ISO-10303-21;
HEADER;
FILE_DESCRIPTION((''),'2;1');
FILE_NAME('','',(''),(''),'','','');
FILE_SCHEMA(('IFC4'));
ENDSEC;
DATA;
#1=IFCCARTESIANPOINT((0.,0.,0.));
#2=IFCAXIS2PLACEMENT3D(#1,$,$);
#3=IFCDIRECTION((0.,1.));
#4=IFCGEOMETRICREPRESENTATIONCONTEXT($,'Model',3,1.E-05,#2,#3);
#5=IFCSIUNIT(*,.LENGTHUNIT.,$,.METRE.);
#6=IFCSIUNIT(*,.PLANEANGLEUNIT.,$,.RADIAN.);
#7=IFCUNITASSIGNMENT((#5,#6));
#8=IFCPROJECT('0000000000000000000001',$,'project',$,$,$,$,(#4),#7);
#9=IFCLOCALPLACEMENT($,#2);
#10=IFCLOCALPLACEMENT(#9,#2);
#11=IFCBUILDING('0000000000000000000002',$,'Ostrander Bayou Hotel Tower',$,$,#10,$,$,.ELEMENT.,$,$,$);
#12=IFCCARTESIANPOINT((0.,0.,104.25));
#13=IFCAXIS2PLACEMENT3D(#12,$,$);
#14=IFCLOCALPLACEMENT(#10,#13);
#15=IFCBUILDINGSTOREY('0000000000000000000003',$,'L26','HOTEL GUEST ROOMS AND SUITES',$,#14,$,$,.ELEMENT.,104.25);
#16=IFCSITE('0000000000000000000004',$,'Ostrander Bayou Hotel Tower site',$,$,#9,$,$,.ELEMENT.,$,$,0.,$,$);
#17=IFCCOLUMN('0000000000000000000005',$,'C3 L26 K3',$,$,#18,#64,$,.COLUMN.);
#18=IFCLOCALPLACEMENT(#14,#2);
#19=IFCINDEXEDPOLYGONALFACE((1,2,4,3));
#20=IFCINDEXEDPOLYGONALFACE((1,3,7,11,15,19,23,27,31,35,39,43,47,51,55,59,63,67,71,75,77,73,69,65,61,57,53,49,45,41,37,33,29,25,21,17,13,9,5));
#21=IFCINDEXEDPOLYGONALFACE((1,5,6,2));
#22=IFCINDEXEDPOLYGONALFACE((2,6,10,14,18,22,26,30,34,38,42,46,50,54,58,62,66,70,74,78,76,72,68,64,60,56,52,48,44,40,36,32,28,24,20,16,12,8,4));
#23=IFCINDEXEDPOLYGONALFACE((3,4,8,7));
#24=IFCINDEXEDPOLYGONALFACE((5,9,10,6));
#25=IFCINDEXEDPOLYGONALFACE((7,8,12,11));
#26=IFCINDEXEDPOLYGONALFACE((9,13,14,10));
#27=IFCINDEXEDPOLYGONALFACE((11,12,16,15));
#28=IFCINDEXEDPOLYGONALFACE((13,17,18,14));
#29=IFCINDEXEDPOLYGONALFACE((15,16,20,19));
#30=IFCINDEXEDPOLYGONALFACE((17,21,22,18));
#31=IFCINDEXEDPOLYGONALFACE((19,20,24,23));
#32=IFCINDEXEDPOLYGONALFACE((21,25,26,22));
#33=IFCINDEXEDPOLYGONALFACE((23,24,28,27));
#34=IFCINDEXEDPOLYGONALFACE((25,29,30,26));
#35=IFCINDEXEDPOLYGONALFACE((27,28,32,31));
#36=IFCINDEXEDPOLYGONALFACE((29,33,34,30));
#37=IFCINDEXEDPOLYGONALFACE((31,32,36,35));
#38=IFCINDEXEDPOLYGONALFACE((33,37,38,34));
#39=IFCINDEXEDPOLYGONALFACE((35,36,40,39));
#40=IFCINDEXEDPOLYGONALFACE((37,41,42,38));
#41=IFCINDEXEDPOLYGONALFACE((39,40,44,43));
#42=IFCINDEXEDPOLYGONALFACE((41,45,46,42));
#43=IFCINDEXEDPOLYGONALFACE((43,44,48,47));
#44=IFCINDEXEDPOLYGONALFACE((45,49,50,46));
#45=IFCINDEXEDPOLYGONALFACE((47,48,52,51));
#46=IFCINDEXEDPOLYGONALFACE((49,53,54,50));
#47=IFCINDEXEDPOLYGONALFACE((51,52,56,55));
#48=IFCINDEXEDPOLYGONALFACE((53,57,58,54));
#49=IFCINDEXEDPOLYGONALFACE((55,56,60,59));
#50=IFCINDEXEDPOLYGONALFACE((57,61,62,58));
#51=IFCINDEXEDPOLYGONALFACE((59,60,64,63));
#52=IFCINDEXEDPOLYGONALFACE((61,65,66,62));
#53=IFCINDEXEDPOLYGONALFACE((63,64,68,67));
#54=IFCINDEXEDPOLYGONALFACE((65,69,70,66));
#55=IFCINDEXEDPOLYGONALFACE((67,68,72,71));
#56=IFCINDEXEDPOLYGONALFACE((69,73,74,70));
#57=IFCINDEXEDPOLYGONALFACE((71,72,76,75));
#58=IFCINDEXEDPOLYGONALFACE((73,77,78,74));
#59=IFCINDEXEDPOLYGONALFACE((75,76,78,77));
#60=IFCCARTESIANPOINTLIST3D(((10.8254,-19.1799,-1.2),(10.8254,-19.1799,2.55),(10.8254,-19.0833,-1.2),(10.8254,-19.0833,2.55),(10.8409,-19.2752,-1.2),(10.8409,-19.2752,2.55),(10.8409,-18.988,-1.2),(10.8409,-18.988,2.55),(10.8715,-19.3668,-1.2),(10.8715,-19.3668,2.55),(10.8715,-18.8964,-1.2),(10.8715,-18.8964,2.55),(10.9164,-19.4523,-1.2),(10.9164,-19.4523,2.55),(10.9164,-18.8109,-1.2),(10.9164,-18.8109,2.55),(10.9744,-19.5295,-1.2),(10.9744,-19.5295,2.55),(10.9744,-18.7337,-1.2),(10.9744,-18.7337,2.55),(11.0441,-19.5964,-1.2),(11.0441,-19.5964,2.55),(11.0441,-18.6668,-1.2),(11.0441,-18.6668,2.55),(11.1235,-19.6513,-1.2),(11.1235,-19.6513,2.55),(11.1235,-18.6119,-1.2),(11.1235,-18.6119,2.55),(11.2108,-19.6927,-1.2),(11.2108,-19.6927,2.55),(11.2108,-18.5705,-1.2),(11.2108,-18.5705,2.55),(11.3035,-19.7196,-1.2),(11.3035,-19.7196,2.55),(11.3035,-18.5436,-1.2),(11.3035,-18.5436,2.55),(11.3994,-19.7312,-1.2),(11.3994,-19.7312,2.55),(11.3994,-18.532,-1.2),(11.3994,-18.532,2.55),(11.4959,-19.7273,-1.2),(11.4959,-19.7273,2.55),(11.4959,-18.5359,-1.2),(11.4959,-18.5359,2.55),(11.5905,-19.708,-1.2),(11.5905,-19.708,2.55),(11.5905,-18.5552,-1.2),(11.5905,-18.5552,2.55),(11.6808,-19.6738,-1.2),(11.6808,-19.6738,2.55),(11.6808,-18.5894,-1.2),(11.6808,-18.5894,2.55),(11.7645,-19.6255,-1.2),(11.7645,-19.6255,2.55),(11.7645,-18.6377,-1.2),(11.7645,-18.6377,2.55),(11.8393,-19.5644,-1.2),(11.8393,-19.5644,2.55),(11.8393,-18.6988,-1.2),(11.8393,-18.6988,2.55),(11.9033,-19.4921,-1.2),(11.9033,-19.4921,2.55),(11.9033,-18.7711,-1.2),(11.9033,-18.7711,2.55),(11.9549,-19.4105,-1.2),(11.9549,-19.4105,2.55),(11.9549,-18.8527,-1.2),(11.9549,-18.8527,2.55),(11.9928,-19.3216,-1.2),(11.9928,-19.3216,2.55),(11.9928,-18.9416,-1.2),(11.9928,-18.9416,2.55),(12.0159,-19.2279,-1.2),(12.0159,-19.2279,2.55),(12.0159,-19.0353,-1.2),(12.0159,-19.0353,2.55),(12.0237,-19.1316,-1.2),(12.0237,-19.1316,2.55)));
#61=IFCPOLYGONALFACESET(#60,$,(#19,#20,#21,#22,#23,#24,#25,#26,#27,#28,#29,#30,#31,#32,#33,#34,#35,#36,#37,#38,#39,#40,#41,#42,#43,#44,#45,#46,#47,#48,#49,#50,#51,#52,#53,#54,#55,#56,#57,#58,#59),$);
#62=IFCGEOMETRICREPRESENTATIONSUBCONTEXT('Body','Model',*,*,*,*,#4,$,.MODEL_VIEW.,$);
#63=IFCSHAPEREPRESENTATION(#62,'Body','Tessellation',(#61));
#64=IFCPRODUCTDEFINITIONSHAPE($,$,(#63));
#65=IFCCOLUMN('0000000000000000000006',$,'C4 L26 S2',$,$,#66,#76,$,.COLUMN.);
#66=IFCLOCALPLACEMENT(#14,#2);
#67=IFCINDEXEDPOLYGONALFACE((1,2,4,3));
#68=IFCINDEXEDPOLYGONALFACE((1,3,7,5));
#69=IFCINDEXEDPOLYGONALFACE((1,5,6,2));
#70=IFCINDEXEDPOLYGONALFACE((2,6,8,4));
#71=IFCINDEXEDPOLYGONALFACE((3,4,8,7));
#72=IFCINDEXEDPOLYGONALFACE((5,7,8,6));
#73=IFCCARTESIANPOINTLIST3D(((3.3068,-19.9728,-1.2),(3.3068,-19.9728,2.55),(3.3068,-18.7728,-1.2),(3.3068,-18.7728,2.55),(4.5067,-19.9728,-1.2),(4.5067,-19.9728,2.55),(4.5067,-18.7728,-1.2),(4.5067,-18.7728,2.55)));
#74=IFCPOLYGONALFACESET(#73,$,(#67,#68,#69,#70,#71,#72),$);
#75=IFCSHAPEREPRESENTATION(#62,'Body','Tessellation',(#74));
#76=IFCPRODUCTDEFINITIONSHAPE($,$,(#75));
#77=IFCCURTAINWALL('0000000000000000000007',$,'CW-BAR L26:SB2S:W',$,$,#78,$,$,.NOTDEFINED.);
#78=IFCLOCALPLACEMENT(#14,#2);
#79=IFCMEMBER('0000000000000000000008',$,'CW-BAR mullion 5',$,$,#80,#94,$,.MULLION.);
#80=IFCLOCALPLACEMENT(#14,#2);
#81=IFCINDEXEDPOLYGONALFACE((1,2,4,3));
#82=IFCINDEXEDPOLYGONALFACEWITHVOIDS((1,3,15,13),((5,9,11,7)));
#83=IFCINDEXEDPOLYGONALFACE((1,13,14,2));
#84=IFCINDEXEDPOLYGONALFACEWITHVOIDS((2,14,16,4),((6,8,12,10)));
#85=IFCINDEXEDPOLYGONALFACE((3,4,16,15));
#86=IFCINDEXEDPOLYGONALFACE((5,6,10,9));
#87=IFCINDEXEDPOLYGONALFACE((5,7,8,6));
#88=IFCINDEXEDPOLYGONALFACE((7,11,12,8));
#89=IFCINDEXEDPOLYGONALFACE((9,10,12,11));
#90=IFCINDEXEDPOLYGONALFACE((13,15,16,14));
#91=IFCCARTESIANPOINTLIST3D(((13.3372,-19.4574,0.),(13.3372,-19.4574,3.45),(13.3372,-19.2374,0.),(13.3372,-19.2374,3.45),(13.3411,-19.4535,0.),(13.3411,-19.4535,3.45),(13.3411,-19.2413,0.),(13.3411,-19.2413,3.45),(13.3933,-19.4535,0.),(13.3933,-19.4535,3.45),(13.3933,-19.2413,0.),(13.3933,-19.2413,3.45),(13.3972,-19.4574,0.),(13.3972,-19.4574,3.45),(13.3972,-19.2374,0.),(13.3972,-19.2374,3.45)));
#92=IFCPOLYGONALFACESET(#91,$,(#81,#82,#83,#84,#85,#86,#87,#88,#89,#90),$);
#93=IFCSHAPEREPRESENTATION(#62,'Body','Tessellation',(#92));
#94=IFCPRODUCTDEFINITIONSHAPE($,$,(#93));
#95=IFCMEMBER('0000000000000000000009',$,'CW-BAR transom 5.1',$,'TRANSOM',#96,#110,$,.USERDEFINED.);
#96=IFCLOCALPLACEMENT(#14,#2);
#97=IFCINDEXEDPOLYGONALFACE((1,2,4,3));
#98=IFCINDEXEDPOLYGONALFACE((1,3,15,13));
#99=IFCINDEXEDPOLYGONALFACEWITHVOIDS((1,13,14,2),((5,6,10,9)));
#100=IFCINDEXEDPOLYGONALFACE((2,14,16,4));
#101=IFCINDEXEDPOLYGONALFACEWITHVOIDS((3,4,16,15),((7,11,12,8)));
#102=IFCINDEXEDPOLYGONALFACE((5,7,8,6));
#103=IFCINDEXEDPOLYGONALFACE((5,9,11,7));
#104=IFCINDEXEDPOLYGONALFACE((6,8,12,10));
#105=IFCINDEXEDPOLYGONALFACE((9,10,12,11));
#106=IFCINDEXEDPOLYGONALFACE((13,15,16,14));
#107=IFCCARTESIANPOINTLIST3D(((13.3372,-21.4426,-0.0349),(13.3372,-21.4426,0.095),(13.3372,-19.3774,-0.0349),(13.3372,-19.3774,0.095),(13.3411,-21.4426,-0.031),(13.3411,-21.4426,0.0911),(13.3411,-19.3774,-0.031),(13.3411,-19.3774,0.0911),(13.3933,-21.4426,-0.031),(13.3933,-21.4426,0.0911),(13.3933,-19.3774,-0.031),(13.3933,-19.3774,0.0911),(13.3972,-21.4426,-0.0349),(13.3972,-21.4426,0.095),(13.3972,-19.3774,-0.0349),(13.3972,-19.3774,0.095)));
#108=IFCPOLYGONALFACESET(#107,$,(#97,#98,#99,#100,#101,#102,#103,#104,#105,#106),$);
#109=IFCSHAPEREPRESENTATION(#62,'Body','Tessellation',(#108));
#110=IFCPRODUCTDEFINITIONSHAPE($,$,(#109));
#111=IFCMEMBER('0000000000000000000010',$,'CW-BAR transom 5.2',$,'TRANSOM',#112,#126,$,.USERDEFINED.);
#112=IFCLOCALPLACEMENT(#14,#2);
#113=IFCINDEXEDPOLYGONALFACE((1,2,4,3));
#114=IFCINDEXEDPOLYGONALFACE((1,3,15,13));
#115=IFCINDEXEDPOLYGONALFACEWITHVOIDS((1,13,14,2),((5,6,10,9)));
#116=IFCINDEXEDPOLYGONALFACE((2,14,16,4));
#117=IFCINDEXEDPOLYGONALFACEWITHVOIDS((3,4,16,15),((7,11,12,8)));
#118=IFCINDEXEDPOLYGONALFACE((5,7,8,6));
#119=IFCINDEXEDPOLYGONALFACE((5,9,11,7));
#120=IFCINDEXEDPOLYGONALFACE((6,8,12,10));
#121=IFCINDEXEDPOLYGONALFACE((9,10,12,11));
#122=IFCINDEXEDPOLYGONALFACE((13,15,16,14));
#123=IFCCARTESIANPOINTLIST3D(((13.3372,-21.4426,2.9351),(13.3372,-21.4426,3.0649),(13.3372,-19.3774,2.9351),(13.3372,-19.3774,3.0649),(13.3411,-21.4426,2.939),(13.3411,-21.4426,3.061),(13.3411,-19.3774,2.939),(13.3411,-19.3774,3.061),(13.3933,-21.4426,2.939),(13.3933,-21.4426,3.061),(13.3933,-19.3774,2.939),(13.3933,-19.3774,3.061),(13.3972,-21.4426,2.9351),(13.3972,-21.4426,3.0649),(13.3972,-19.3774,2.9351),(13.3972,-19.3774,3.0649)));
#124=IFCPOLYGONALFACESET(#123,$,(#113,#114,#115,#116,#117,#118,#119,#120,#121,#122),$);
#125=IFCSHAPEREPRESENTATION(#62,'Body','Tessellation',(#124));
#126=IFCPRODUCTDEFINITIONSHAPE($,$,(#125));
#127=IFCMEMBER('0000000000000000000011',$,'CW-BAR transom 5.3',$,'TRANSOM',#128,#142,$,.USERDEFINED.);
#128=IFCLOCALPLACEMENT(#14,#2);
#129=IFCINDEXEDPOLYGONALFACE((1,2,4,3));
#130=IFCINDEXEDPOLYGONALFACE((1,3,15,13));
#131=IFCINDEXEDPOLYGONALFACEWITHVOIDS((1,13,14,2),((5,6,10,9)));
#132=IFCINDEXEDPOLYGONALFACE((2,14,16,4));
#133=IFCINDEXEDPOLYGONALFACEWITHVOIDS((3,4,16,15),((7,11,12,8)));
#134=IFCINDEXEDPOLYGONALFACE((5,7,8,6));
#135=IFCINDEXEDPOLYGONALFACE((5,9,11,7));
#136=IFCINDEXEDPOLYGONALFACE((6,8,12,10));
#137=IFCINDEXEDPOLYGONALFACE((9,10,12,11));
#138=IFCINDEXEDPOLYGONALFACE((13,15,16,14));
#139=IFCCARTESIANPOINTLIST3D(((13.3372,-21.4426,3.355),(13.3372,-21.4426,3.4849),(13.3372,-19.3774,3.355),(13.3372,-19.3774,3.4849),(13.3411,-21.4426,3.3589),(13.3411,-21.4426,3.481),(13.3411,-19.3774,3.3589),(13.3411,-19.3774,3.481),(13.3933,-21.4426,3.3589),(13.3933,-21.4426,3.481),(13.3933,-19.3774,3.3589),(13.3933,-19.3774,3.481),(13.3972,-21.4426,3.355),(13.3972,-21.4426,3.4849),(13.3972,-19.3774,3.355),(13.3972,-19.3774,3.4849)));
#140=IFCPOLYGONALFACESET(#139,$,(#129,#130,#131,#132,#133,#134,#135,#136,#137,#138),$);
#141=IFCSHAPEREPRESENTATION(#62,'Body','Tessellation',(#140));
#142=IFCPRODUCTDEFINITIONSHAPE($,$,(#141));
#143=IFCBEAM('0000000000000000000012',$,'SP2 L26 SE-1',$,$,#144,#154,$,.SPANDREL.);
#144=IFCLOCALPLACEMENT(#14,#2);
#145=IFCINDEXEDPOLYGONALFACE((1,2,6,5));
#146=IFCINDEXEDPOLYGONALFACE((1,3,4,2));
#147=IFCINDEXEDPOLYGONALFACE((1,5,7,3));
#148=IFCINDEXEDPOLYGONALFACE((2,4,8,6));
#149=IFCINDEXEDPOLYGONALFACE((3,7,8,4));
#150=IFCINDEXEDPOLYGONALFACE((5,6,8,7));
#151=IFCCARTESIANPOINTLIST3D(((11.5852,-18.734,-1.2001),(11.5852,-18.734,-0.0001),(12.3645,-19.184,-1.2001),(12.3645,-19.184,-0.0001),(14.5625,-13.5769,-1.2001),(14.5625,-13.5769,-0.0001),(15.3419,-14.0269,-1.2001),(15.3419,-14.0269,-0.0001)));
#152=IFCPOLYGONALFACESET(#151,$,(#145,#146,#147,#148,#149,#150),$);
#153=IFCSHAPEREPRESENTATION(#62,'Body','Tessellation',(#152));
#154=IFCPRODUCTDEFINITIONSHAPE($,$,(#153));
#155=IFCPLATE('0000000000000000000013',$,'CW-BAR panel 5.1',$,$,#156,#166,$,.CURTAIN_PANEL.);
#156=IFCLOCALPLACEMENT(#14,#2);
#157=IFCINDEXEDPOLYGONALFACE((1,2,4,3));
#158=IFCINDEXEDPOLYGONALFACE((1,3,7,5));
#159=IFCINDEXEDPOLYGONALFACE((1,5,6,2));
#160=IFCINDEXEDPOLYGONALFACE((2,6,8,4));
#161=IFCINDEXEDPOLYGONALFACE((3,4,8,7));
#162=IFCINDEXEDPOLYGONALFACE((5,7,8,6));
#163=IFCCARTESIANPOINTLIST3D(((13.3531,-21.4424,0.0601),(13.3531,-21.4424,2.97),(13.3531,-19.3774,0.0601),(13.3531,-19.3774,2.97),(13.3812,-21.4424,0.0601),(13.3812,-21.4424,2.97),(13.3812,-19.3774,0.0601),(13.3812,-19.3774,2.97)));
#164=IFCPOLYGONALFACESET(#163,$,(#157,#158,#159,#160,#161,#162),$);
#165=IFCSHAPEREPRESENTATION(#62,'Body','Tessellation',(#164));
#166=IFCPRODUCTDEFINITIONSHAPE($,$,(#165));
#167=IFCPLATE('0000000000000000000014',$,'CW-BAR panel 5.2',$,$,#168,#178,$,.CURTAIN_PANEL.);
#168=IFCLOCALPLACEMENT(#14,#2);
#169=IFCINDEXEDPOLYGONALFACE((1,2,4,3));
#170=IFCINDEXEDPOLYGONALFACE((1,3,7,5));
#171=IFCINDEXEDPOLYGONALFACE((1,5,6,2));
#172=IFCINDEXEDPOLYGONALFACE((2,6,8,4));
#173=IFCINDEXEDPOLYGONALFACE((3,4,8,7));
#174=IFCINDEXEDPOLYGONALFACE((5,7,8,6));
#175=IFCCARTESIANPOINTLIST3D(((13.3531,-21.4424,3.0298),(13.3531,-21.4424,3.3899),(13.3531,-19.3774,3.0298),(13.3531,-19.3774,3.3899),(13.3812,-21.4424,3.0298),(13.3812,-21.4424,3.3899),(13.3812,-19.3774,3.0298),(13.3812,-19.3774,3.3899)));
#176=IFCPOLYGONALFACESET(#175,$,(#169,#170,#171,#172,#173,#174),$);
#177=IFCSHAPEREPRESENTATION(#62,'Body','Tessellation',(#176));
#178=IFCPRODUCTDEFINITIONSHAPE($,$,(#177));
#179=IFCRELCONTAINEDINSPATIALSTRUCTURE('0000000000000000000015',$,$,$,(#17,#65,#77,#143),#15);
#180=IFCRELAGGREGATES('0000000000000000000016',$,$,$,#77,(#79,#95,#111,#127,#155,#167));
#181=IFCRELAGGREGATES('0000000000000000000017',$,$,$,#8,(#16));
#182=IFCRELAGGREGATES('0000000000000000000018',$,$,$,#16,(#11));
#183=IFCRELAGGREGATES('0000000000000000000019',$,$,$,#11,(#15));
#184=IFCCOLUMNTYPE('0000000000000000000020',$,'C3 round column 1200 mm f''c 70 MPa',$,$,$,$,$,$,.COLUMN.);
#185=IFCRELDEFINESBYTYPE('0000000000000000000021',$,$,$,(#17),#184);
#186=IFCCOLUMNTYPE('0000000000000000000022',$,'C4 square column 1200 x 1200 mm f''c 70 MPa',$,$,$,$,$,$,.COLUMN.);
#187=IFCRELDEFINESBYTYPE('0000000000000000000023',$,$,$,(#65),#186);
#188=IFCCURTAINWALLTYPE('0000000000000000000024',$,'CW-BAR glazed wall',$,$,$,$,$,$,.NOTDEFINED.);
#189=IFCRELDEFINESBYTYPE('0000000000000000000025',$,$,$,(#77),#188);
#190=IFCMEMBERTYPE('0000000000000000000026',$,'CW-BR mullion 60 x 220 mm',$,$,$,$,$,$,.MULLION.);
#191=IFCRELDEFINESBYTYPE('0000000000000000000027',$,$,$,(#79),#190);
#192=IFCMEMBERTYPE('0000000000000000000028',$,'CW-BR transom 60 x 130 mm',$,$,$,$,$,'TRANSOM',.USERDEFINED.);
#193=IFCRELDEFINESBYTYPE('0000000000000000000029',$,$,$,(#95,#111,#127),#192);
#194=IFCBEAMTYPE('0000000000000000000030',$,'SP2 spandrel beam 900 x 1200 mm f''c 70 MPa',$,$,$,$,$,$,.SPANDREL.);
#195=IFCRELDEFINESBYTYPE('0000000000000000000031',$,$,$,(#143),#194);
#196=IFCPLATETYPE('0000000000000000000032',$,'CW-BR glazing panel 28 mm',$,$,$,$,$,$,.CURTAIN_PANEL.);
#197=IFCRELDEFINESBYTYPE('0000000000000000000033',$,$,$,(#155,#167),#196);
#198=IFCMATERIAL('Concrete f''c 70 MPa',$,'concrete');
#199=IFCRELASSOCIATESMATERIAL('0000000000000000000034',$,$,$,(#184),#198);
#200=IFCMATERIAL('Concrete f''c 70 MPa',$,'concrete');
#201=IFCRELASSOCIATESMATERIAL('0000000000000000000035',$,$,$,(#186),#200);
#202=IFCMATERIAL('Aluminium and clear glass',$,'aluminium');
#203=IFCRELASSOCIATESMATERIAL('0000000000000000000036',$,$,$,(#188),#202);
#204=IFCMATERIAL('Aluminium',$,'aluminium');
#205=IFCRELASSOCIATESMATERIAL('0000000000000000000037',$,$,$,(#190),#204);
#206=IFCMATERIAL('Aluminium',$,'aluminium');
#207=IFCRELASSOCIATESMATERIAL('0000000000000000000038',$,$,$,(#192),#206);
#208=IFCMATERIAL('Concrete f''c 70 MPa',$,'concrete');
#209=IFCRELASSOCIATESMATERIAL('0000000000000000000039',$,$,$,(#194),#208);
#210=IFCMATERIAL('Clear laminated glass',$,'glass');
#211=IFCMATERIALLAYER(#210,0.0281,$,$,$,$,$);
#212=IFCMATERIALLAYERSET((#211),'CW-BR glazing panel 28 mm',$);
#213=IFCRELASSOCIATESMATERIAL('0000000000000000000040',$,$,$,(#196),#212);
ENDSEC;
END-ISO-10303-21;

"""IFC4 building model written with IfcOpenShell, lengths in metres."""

from ifc_helpers import new_model, si_unit, direction, frame, origin, origin_2d, place, context, subcontext, project, spatial, rectangle, hollow_rectangle, circle, extrude, material, layer, layer_set, material_profile, profile_set, type_object, element, aggregate, save


model = new_model("IFC4")

# Units and contexts
model_context = context("Model", 3, precision=1e-05, world=origin(), true_north=direction((0.0, 1.0)))
body_context = subcontext(model_context, "Body", "Model", "MODEL_VIEW")
ifc_project = project(units=[si_unit("LENGTHUNIT", "METRE"), si_unit("PLANEANGLEUNIT", "RADIAN")], contexts=[model_context])

# Site, building, storey
site_placement = place(None, origin())
site = spatial("IfcSite", under=ifc_project, at=site_placement, Name="Ostrander Bayou Hotel Tower site", CompositionType="ELEMENT", RefElevation=0.0)
building_placement = place(site_placement, origin())
building = spatial("IfcBuilding", under=site, at=building_placement, Name="Ostrander Bayou Hotel Tower", CompositionType="ELEMENT")
storey_placement = place(building_placement, frame((0.0, 0.0, 104.25)))
storey = spatial("IfcBuildingStorey", under=building, at=storey_placement, Name="L26", Description="HOTEL GUEST ROOMS AND SUITES", CompositionType="ELEMENT", Elevation=104.25)

# Columns
ifc_material_1 = material(Name="Concrete f'c 70 MPa", Category="concrete")
ifc_material_profile_1 = material_profile(ifc_material_1, circle(Radius=0.6001, at=origin_2d()))
ifc_profile_set_1 = profile_set([ifc_material_profile_1], Name="Concrete f'c 70 MPa")
column_type_1 = type_object("IfcColumnType", Name="C3 round column 1200 mm f'c 70 MPa", PredefinedType="COLUMN", material=ifc_profile_set_1)
column_1_placement = place(storey_placement, frame((11.4236, -19.1316, -1.2), z_axis=(0.0, 0.0, 1.0), x_axis=(1.0, 0.0, 0.0)))
element("IfcColumn", 1, at=column_1_placement, inside=storey, type_object=column_type_1, Name="C3 L26 K3", PredefinedType="COLUMN", context=body_context, shape_type="SweptSolid", body=[
    extrude(circle(Radius=0.6001, at=origin_2d()), origin(), (0.0, 0.0, 1.0), 3.75),
])
ifc_material_2 = material(Name="Concrete f'c 70 MPa", Category="concrete")
ifc_material_profile_2 = material_profile(ifc_material_2, rectangle(XDim=1.2, YDim=1.2, at=origin_2d()))
ifc_profile_set_2 = profile_set([ifc_material_profile_2], Name="Concrete f'c 70 MPa")
column_type_2 = type_object("IfcColumnType", Name="C4 square column 1200 x 1200 mm f'c 70 MPa", PredefinedType="COLUMN", material=ifc_profile_set_2)
column_2_placement = place(storey_placement, frame((3.9067, -19.3728, -1.2), z_axis=(0.0, 0.0, 1.0), x_axis=(-1.0, 0.0, 0.0)))
element("IfcColumn", 2, at=column_2_placement, inside=storey, type_object=column_type_2, Name="C4 L26 S2", PredefinedType="COLUMN", context=body_context, shape_type="SweptSolid", body=[
    extrude(rectangle(XDim=1.2, YDim=1.2, at=origin_2d()), origin(), (0.0, 0.0, 1.0), 3.75),
])

# Curtain wall, members
ifc_material_3 = material(Name="Aluminium and clear glass", Category="aluminium")
curtain_wall_type = type_object("IfcCurtainWallType", Name="CW-BAR glazed wall", PredefinedType="NOTDEFINED", material=ifc_material_3)
curtain_wall_placement = place(storey_placement, origin())
curtain_wall = element("IfcCurtainWall", 3, at=curtain_wall_placement, inside=storey, type_object=curtain_wall_type, Name="CW-BAR L26:SB2S:W", PredefinedType="NOTDEFINED")
ifc_material_4 = material(Name="Aluminium", Category="aluminium")
ifc_material_profile_3 = material_profile(ifc_material_4, hollow_rectangle(XDim=0.0601, YDim=0.22, WallThickness=0.0039, at=origin_2d()))
ifc_profile_set_3 = profile_set([ifc_material_profile_3], Name="Aluminium")
member_type_1 = type_object("IfcMemberType", Name="CW-BR mullion 60 x 220 mm", PredefinedType="MULLION", material=ifc_profile_set_3)
member_1_placement = place(storey_placement, frame((13.3672, -19.3474, 0.0), z_axis=(0.0, 0.0, 1.0), x_axis=(1.0, 0.0, 0.0)))
member_1 = element("IfcMember", 4, at=member_1_placement, type_object=member_type_1, Name="CW-BAR mullion 5", PredefinedType="MULLION", context=body_context, shape_type="SweptSolid", body=[
    extrude(hollow_rectangle(XDim=0.0601, YDim=0.22, WallThickness=0.0039, at=origin_2d()), origin(), (0.0, 0.0, 1.0), 3.45),
])
ifc_material_5 = material(Name="Aluminium", Category="aluminium")
ifc_material_profile_4 = material_profile(ifc_material_5, hollow_rectangle(XDim=0.0601, YDim=0.1299, WallThickness=0.0039, at=origin_2d()))
ifc_profile_set_4 = profile_set([ifc_material_profile_4], Name="Aluminium")
member_type_2 = type_object("IfcMemberType", Name="CW-BR transom 60 x 130 mm", ElementType="TRANSOM", PredefinedType="USERDEFINED", material=ifc_profile_set_4)
member_2_placement = place(storey_placement, frame((13.3672, -19.3774, 0.03), z_axis=(0.0, -1.0, 0.0), x_axis=(1.0, 0.0, 0.0)))
member_2 = element("IfcMember", 5, at=member_2_placement, type_object=member_type_2, Name="CW-BAR transom 5.1", ObjectType="TRANSOM", PredefinedType="USERDEFINED", context=body_context, shape_type="SweptSolid", body=[
    extrude(hollow_rectangle(XDim=0.0601, YDim=0.1299, WallThickness=0.0039, at=origin_2d()), origin(), (0.0, 0.0, 1.0), 2.0652),
])
member_3_placement = place(storey_placement, frame((13.3672, -19.3774, 3.0), z_axis=(0.0, -1.0, 0.0), x_axis=(1.0, 0.0, 0.0)))
member_3 = element("IfcMember", 6, at=member_3_placement, type_object=member_type_2, Name="CW-BAR transom 5.2", ObjectType="TRANSOM", PredefinedType="USERDEFINED", context=body_context, shape_type="SweptSolid", body=[
    extrude(hollow_rectangle(XDim=0.0601, YDim=0.1299, WallThickness=0.0039, at=origin_2d()), origin(), (0.0, 0.0, 1.0), 2.0652),
])
member_4_placement = place(storey_placement, frame((13.3672, -19.3774, 3.4199), z_axis=(0.0, -1.0, 0.0), x_axis=(1.0, 0.0, 0.0)))
member_4 = element("IfcMember", 7, at=member_4_placement, type_object=member_type_2, Name="CW-BAR transom 5.3", ObjectType="TRANSOM", PredefinedType="USERDEFINED", context=body_context, shape_type="SweptSolid", body=[
    extrude(hollow_rectangle(XDim=0.0601, YDim=0.1299, WallThickness=0.0039, at=origin_2d()), origin(), (0.0, 0.0, 1.0), 2.0652),
])

# Beam
ifc_material_6 = material(Name="Concrete f'c 70 MPa", Category="concrete")
ifc_material_profile_5 = material_profile(ifc_material_6, rectangle(XDim=0.8999, YDim=1.2, at=origin_2d()))
ifc_profile_set_5 = profile_set([ifc_material_profile_5], Name="Concrete f'c 70 MPa")
beam_type = type_object("IfcBeamType", Name="SP2 spandrel beam 900 x 1200 mm f'c 70 MPa", PredefinedType="SPANDREL", material=ifc_profile_set_5)
beam_placement = place(storey_placement, frame((11.9749, -18.959, -0.6001), z_axis=(0.499989, 0.866032, 0.0), x_axis=(-0.866032, 0.499989, 0.0)))
element("IfcBeam", 8, at=beam_placement, inside=storey, type_object=beam_type, Name="SP2 L26 SE-1", PredefinedType="SPANDREL", context=body_context, shape_type="SweptSolid", body=[
    extrude(rectangle(XDim=0.8999, YDim=1.2, at=origin_2d()), origin(), (0.0, 0.0, 1.0), 5.9548),
])

# Plates
ifc_material_7 = material(Name="Clear laminated glass", Category="glass")
ifc_layer_1 = layer(ifc_material_7, 0.0281)
ifc_layer_set_1 = layer_set([ifc_layer_1], Name="CW-BR glazing panel 28 mm")
plate_type = type_object("IfcPlateType", Name="CW-BR glazing panel 28 mm", PredefinedType="CURTAIN_PANEL", material=ifc_layer_set_1)
plate_1_placement = place(storey_placement, frame((13.3672, -20.4099, 0.0601), z_axis=(0.0, 0.0, 1.0), x_axis=(0.0, -1.0, 0.0)))
plate_1 = element("IfcPlate", 9, at=plate_1_placement, type_object=plate_type, Name="CW-BAR panel 5.1", PredefinedType="CURTAIN_PANEL", context=body_context, shape_type="SweptSolid", body=[
    extrude(rectangle(XDim=2.0649, YDim=0.0281, at=origin_2d()), origin(), (0.0, 0.0, 1.0), 2.9099),
])
plate_2_placement = place(storey_placement, frame((13.3672, -20.4099, 3.0298), z_axis=(0.0, 0.0, 1.0), x_axis=(0.0, -1.0, 0.0)))
plate_2 = element("IfcPlate", 10, at=plate_2_placement, type_object=plate_type, Name="CW-BAR panel 5.2", PredefinedType="CURTAIN_PANEL", context=body_context, shape_type="SweptSolid", body=[
    extrude(rectangle(XDim=2.0649, YDim=0.0281, at=origin_2d()), origin(), (0.0, 0.0, 1.0), 0.3601),
])
aggregate(curtain_wall, [member_1, member_2, member_3, member_4, plate_1, plate_2])

save(model, "model.ifc")
